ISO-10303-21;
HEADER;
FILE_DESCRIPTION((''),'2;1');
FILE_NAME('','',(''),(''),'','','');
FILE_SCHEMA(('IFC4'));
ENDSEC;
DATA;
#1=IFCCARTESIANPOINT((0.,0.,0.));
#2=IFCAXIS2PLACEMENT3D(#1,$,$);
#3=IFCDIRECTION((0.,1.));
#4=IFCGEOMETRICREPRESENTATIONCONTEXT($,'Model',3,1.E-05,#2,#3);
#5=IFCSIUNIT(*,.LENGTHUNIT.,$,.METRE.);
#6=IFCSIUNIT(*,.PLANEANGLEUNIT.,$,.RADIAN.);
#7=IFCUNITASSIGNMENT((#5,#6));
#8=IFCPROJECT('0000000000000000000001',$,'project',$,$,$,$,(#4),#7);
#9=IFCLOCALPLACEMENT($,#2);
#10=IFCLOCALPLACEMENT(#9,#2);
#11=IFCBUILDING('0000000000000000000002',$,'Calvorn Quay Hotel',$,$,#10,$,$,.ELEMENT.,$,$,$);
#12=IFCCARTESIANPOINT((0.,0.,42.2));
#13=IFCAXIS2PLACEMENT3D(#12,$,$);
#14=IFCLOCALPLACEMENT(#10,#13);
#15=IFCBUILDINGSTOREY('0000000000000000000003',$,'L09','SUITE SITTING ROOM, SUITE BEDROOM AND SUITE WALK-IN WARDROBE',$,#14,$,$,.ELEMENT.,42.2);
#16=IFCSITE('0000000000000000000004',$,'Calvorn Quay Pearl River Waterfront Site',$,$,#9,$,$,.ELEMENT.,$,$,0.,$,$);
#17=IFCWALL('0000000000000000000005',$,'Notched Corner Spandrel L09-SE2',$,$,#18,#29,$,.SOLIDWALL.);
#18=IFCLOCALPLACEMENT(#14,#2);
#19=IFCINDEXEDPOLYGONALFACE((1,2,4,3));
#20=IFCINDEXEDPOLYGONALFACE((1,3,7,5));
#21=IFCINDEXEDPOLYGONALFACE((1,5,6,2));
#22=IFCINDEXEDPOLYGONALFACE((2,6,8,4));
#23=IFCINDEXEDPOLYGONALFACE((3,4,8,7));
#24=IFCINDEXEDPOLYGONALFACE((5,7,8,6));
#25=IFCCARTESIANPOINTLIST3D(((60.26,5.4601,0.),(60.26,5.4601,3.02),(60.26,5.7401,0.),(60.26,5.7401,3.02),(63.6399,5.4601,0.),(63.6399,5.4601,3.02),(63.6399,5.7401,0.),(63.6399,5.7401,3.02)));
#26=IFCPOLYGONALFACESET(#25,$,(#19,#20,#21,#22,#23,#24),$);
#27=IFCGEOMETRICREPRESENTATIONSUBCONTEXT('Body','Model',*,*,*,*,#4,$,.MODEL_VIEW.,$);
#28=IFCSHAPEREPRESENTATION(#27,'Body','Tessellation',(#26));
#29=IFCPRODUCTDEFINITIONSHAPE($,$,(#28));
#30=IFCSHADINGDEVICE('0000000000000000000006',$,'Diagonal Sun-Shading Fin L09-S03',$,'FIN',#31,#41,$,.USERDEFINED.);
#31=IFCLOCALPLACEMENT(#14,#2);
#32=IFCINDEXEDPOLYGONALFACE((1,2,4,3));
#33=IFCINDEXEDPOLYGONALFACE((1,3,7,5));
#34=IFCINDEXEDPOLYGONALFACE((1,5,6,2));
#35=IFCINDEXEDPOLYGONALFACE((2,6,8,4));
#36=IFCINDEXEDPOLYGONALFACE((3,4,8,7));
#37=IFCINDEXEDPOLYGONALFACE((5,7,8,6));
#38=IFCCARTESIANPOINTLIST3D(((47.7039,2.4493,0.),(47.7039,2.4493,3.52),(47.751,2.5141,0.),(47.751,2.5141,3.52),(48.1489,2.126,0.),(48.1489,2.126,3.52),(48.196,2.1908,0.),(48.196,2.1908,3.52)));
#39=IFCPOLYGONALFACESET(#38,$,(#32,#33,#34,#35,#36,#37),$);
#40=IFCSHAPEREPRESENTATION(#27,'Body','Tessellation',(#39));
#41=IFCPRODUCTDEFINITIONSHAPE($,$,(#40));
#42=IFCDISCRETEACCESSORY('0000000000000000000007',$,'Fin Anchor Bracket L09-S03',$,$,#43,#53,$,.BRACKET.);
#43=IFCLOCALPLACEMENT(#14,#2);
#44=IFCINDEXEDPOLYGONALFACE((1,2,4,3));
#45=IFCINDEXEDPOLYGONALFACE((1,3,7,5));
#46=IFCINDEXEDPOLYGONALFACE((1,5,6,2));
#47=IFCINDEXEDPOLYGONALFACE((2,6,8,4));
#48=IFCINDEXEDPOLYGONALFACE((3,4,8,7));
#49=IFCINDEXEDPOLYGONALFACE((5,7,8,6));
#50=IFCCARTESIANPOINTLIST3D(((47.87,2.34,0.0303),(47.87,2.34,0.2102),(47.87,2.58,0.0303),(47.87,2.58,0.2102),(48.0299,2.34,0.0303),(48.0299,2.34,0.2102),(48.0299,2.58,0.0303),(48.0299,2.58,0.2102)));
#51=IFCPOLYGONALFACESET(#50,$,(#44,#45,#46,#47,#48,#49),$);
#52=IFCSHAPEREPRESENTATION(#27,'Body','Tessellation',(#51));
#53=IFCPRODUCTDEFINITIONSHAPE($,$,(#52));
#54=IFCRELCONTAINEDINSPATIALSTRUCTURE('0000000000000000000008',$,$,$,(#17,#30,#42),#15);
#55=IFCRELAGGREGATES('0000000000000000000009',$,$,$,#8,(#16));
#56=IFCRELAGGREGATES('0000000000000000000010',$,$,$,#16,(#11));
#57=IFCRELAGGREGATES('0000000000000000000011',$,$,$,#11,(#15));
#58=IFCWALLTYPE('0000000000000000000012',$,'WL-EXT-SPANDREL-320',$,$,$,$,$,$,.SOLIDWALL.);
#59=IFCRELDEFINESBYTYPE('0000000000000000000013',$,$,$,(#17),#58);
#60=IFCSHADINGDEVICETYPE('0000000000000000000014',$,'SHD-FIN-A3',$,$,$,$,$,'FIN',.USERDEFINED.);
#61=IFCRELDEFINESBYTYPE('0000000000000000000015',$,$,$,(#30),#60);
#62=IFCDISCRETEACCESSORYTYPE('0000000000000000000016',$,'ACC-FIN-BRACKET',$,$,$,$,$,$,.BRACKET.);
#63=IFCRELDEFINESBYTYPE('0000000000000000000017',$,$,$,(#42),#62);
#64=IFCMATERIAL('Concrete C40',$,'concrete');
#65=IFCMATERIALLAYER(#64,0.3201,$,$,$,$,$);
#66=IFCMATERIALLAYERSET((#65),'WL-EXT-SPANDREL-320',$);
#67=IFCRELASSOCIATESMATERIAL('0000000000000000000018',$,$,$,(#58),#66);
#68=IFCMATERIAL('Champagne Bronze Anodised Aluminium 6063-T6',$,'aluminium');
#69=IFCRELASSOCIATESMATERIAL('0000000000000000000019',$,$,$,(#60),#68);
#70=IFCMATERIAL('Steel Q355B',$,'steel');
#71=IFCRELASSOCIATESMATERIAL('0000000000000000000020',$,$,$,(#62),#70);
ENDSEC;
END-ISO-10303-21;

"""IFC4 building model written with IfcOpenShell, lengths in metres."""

from ifc_helpers import new_model, si_unit, direction, frame, frame_2d, origin, origin_2d, place, context, subcontext, project, spatial, rectangle, extrude, material, layer, layer_set, type_object, element, save


model = new_model("IFC4")

# Units and contexts
model_context = context("Model", 3, precision=1e-05, world=origin(), true_north=direction((0.0, 1.0)))
body_context = subcontext(model_context, "Body", "Model", "MODEL_VIEW")
ifc_project = project(units=[si_unit("LENGTHUNIT", "METRE"), si_unit("PLANEANGLEUNIT", "RADIAN")], contexts=[model_context])

# Site, building, storey
site_placement = place(None, origin())
site = spatial("IfcSite", under=ifc_project, at=site_placement, Name="Calvorn Quay Pearl River Waterfront Site", CompositionType="ELEMENT", RefElevation=0.0)
building_placement = place(site_placement, origin())
building = spatial("IfcBuilding", under=site, at=building_placement, Name="Calvorn Quay Hotel", CompositionType="ELEMENT")
storey_placement = place(building_placement, frame((0.0, 0.0, 42.2)))
storey = spatial("IfcBuildingStorey", under=building, at=storey_placement, Name="L09", Description="SUITE SITTING ROOM, SUITE BEDROOM AND SUITE WALK-IN WARDROBE", CompositionType="ELEMENT", Elevation=42.2)

# Wall
ifc_material_1 = material(Name="Concrete C40", Category="concrete")
ifc_layer_1 = layer(ifc_material_1, 0.3201)
ifc_layer_set_1 = layer_set([ifc_layer_1], Name="WL-EXT-SPANDREL-320")
wall_type = type_object("IfcWallType", Name="WL-EXT-SPANDREL-320", PredefinedType="SOLIDWALL", material=ifc_layer_set_1)
wall_1_placement = place(storey_placement, frame((60.26, 5.6001, 0.0), z_axis=(0.0, 0.0, 1.0), x_axis=(1.0, 0.0, 0.0)))
element("IfcWall", 1, at=wall_1_placement, inside=storey, type_object=wall_type, Name="Notched Corner Spandrel L09-SE2", PredefinedType="SOLIDWALL", context=body_context, shape_type="SweptSolid", body=[
    extrude(rectangle(XDim=3.3799, YDim=0.28, at=frame_2d((1.6899, 0.0))), origin(), (0.0, 0.0, 1.0), 3.02),
])

# Shading device
ifc_material_2 = material(Name="Champagne Bronze Anodised Aluminium 6063-T6", Category="aluminium")
shading_device_type = type_object("IfcShadingDeviceType", Name="SHD-FIN-A3", ElementType="FIN", PredefinedType="USERDEFINED", material=ifc_material_2)
shading_device_placement = place(storey_placement, frame((47.95, 2.3201, 0.0), z_axis=(0.0, 0.0, 1.0), x_axis=(-0.809017, 0.587785, 0.0)))
element("IfcShadingDevice", 2, at=shading_device_placement, inside=storey, type_object=shading_device_type, Name="Diagonal Sun-Shading Fin L09-S03", ObjectType="FIN", PredefinedType="USERDEFINED", context=body_context, shape_type="SweptSolid", body=[
    extrude(rectangle(XDim=0.55, YDim=0.0801, at=origin_2d()), origin(), (0.0, 0.0, 1.0), 3.52),
])

# Discrete accessory
ifc_material_3 = material(Name="Steel Q355B", Category="steel")
discrete_accessory_type = type_object("IfcDiscreteAccessoryType", Name="ACC-FIN-BRACKET", PredefinedType="BRACKET", material=ifc_material_3)
discrete_accessory_placement = place(storey_placement, frame((47.95, 2.46, 0.0303), z_axis=(0.0, 0.0, 1.0), x_axis=(0.0, 1.0, 0.0)))
element("IfcDiscreteAccessory", 3, at=discrete_accessory_placement, inside=storey, type_object=discrete_accessory_type, Name="Fin Anchor Bracket L09-S03", PredefinedType="BRACKET", context=body_context, shape_type="SweptSolid", body=[
    extrude(rectangle(XDim=0.24, YDim=0.1599, at=origin_2d()), origin(), (0.0, 0.0, 1.0), 0.1799),
])

save(model, "model.ifc")
